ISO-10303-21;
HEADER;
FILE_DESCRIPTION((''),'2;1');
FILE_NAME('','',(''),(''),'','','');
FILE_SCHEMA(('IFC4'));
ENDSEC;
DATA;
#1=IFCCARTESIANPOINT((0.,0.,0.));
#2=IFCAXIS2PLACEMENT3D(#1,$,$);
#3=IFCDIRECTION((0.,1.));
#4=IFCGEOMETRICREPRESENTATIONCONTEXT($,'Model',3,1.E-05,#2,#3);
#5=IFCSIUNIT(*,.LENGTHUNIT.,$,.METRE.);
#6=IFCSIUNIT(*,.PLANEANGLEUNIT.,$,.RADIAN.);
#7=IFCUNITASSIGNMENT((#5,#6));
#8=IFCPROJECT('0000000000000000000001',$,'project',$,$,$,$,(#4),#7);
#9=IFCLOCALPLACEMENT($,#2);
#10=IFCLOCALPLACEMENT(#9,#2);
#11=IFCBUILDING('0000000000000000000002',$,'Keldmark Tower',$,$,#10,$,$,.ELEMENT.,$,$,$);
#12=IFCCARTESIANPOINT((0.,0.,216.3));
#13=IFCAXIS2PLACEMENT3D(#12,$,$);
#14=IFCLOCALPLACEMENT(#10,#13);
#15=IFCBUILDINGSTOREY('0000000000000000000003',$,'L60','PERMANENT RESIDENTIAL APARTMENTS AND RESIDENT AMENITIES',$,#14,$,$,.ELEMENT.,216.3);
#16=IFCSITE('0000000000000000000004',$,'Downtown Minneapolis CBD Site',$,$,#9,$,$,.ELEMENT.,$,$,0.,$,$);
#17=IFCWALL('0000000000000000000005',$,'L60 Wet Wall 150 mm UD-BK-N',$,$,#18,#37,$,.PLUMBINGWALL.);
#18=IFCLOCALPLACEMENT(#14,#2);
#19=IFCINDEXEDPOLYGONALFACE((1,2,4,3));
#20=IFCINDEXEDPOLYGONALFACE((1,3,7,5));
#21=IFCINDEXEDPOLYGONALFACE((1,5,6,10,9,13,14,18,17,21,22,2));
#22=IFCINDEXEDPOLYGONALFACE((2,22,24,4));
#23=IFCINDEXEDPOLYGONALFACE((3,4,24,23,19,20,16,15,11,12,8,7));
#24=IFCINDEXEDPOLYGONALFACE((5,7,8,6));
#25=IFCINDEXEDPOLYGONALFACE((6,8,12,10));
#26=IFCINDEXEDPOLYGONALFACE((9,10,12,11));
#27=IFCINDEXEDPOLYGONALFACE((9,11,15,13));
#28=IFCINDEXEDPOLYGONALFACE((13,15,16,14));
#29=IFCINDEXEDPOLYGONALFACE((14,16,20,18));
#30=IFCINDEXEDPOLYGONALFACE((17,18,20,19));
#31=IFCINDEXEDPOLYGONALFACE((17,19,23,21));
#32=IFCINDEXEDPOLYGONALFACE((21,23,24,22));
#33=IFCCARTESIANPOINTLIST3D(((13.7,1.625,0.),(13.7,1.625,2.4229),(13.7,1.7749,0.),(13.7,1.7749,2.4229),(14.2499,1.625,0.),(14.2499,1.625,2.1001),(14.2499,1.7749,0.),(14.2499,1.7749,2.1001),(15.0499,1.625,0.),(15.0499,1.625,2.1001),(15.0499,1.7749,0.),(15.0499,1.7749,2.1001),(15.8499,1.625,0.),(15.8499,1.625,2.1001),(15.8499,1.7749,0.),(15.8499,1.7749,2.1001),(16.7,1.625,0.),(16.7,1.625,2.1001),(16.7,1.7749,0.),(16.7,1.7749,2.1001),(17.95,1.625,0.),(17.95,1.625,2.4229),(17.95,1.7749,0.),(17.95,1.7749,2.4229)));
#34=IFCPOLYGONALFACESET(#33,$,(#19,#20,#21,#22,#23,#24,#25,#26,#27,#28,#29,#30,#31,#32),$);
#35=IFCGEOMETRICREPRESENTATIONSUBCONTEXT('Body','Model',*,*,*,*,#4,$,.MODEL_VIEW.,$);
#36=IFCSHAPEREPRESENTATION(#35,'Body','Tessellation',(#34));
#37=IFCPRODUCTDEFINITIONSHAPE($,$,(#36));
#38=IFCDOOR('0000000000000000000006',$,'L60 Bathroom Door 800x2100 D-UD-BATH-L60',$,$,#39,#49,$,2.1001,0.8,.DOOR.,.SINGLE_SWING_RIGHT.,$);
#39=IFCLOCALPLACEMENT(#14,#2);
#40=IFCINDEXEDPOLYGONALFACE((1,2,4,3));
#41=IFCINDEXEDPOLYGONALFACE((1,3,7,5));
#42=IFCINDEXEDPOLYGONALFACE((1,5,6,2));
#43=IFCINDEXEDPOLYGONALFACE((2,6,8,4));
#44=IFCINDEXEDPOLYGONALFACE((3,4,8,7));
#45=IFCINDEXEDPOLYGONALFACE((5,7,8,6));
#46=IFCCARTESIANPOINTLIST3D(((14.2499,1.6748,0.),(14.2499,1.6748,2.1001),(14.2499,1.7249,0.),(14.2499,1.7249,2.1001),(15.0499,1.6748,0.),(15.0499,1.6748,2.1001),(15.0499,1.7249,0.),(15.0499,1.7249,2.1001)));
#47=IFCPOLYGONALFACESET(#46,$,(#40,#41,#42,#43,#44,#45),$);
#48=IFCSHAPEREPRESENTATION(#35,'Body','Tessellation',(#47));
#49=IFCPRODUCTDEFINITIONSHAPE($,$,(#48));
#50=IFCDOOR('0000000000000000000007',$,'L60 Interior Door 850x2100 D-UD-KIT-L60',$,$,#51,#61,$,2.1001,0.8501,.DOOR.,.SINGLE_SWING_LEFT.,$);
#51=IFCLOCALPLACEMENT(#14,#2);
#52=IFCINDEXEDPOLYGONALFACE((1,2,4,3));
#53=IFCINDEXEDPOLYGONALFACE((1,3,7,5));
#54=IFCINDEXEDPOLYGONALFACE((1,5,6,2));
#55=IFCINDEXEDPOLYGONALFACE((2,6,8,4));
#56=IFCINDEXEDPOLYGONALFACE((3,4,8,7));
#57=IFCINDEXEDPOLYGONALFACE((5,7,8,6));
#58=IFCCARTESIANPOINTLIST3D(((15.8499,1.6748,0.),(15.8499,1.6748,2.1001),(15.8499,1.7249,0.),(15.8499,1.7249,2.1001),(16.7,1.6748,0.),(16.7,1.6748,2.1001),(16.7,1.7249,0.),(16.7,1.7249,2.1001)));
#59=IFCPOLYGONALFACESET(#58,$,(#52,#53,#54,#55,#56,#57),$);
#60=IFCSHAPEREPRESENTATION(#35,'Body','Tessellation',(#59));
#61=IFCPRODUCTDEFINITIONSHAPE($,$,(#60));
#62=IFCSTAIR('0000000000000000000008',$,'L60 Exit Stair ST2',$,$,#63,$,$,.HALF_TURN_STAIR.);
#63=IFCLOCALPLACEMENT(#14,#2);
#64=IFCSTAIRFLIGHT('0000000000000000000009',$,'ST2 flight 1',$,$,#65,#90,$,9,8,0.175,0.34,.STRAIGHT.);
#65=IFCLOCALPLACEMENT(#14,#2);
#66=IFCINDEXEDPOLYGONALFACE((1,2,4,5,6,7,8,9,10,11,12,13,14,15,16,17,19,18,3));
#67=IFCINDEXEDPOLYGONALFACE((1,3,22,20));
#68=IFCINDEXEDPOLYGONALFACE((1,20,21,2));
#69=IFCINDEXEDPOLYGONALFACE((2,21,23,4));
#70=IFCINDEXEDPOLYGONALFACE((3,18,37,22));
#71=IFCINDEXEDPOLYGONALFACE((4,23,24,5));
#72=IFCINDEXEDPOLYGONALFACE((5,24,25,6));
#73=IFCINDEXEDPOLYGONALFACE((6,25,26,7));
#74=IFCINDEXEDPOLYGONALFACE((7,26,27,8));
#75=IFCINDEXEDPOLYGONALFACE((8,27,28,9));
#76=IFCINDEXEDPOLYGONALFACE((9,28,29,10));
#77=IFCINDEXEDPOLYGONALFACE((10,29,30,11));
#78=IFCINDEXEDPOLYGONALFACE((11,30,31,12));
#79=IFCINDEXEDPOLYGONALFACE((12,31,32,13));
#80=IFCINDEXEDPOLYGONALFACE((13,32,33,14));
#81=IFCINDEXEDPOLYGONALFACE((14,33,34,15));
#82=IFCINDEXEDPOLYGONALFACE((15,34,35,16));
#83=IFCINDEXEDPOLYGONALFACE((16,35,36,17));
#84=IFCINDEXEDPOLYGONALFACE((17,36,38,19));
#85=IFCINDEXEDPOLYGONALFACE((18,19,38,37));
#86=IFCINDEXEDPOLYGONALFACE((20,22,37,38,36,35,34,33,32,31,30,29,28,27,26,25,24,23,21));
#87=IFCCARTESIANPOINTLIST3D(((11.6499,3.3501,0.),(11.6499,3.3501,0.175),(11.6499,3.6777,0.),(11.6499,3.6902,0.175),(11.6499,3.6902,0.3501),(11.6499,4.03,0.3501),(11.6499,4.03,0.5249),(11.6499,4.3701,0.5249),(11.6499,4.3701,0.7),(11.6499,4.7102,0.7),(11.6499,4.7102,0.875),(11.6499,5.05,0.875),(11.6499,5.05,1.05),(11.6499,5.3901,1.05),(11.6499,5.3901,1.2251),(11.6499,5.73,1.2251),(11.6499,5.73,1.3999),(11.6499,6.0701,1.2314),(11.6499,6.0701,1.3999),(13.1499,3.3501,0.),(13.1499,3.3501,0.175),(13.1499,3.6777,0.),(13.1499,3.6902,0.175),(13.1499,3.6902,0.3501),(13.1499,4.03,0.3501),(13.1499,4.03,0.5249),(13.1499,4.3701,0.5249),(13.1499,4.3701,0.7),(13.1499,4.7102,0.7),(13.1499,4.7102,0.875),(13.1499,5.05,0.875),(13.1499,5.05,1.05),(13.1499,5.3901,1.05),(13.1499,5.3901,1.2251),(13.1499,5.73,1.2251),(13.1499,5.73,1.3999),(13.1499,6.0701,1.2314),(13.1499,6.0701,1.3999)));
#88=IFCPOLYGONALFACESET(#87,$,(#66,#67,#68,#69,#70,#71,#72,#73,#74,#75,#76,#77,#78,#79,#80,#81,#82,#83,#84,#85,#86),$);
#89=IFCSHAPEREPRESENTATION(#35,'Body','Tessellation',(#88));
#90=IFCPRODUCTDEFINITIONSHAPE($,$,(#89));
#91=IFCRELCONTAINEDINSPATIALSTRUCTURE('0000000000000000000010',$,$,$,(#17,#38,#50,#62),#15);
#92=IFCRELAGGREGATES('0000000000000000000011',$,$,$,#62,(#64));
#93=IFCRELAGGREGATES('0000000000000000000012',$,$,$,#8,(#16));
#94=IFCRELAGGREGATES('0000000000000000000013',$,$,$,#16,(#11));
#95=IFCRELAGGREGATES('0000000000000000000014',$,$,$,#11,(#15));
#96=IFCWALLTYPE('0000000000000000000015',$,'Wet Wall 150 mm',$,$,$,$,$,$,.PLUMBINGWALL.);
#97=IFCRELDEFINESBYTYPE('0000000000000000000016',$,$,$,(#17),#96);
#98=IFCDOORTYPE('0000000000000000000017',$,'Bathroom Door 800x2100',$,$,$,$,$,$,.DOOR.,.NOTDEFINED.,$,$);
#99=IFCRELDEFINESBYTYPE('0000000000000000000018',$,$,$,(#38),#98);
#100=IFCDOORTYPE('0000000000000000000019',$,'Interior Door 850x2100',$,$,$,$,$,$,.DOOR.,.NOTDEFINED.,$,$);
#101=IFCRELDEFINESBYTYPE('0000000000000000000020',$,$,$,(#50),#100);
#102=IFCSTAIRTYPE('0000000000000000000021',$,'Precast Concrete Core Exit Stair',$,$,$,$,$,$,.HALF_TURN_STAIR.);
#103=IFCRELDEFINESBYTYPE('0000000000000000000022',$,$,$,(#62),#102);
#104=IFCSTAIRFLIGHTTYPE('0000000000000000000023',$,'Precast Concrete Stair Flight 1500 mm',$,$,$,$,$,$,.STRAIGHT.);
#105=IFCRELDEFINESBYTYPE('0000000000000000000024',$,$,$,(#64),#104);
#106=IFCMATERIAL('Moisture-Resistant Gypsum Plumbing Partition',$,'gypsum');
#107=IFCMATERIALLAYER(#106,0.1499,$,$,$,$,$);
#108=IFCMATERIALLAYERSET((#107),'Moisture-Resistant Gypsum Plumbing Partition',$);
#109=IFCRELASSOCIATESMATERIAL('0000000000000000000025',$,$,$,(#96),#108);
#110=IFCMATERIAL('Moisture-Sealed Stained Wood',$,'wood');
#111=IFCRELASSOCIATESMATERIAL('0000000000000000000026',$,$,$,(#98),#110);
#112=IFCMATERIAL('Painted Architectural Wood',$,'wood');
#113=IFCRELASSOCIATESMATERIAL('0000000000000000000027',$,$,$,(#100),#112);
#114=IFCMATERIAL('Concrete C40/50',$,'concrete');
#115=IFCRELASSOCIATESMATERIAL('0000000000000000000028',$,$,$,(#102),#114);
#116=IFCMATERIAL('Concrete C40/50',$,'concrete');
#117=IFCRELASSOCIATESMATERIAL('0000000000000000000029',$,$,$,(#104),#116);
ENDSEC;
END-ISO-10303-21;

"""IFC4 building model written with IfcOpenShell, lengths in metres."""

from ifc_helpers import new_model, si_unit, direction, frame, frame_2d, origin, place, context, subcontext, project, spatial, polyline, rectangle, outline, extrude, material, layer, layer_set, type_object, element, fill, aggregate, save


model = new_model("IFC4")

# Units and contexts
model_context = context("Model", 3, precision=1e-05, world=origin(), true_north=direction((0.0, 1.0)))
body_context = subcontext(model_context, "Body", "Model", "MODEL_VIEW")
ifc_project = project(units=[si_unit("LENGTHUNIT", "METRE"), si_unit("PLANEANGLEUNIT", "RADIAN")], contexts=[model_context])

# Site, building, storey
site_placement = place(None, origin())
site = spatial("IfcSite", under=ifc_project, at=site_placement, Name="Downtown Minneapolis CBD Site", CompositionType="ELEMENT", RefElevation=0.0)
building_placement = place(site_placement, origin())
building = spatial("IfcBuilding", under=site, at=building_placement, Name="Keldmark Tower", CompositionType="ELEMENT")
storey_placement = place(building_placement, frame((0.0, 0.0, 216.3)))
storey = spatial("IfcBuildingStorey", under=building, at=storey_placement, Name="L60", Description="PERMANENT RESIDENTIAL APARTMENTS AND RESIDENT AMENITIES", CompositionType="ELEMENT", Elevation=216.3)

# Wall, openings, doors
ifc_material_1 = material(Name="Moisture-Resistant Gypsum Plumbing Partition", Category="gypsum")
ifc_layer_1 = layer(ifc_material_1, 0.1499)
ifc_layer_set_1 = layer_set([ifc_layer_1], Name="Moisture-Resistant Gypsum Plumbing Partition")
wall_type_1 = type_object("IfcWallType", Name="Wet Wall 150 mm", PredefinedType="PLUMBINGWALL", material=ifc_layer_set_1)
wall_1_placement = place(storey_placement, frame((13.7, 1.7, 0.0), z_axis=(0.0, 0.0, 1.0), x_axis=(1.0, 0.0, 0.0)))
wall_1 = element("IfcWall", 1, at=wall_1_placement, inside=storey, type_object=wall_type_1, Name="L60 Wet Wall 150 mm UD-BK-N", PredefinedType="PLUMBINGWALL", context=body_context, shape_type="SweptSolid", body=[
    extrude(rectangle(XDim=4.25, YDim=0.1499, at=frame_2d((2.125, 0.0))), origin(), (0.0, 0.0, 1.0), 2.4229),
])
opening_1_placement = place(wall_1_placement, frame((0.55, 0.0, 0.0)))
opening_1 = element("IfcOpeningElement", 2, at=opening_1_placement, cuts=wall_1, PredefinedType="OPENING", context=body_context, shape_type="SweptSolid", body=[
    extrude(rectangle(XDim=0.8, YDim=2.1001, at=frame_2d((0.3999, 1.05))), frame((0.0, 0.085, 0.0), z_axis=(0.0, -1.0, 0.0), x_axis=(1.0, 0.0, 0.0)), (0.0, 0.0, 1.0), 0.1699),
])
opening_2_placement = place(wall_1_placement, frame((2.1499, 0.0, 0.0)))
opening_2 = element("IfcOpeningElement", 3, at=opening_2_placement, cuts=wall_1, PredefinedType="OPENING", context=body_context, shape_type="SweptSolid", body=[
    extrude(rectangle(XDim=0.8501, YDim=2.1001, at=frame_2d((0.425, 1.05))), frame((0.0, 0.085, 0.0), z_axis=(0.0, -1.0, 0.0), x_axis=(1.0, 0.0, 0.0)), (0.0, 0.0, 1.0), 0.1699),
])
ifc_material_2 = material(Name="Moisture-Sealed Stained Wood", Category="wood")
door_type_1 = type_object("IfcDoorType", Name="Bathroom Door 800x2100", OperationType="NOTDEFINED", PredefinedType="DOOR", material=ifc_material_2)
door_1_placement = place(opening_1_placement, origin())
door_1 = element("IfcDoor", 4, at=door_1_placement, inside=storey, type_object=door_type_1, Name="L60 Bathroom Door 800x2100 D-UD-BATH-L60", OperationType="SINGLE_SWING_RIGHT", OverallHeight=2.1001, OverallWidth=0.8, PredefinedType="DOOR", context=body_context, shape_type="SweptSolid", body=[
    extrude(rectangle(XDim=0.8, YDim=2.1001, at=frame_2d((0.3999, 1.05))), frame((0.0, 0.0249, 0.0), z_axis=(0.0, -1.0, 0.0), x_axis=(1.0, 0.0, 0.0)), (0.0, 0.0, 1.0), 0.05),
])
fill(opening_1, door_1)
ifc_material_3 = material(Name="Painted Architectural Wood", Category="wood")
door_type_2 = type_object("IfcDoorType", Name="Interior Door 850x2100", OperationType="NOTDEFINED", PredefinedType="DOOR", material=ifc_material_3)
door_2_placement = place(opening_2_placement, origin())
door_2 = element("IfcDoor", 5, at=door_2_placement, inside=storey, type_object=door_type_2, Name="L60 Interior Door 850x2100 D-UD-KIT-L60", OperationType="SINGLE_SWING_LEFT", OverallHeight=2.1001, OverallWidth=0.8501, PredefinedType="DOOR", context=body_context, shape_type="SweptSolid", body=[
    extrude(rectangle(XDim=0.8501, YDim=2.1001, at=frame_2d((0.425, 1.05))), frame((0.0, 0.0249, 0.0), z_axis=(0.0, -1.0, 0.0), x_axis=(1.0, 0.0, 0.0)), (0.0, 0.0, 1.0), 0.05),
])
fill(opening_2, door_2)

# Stair, stair flight
ifc_material_4 = material(Name="Concrete C40/50", Category="concrete")
stair_type = type_object("IfcStairType", Name="Precast Concrete Core Exit Stair", PredefinedType="HALF_TURN_STAIR", material=ifc_material_4)
stair_placement = place(storey_placement, origin())
stair = element("IfcStair", 6, at=stair_placement, inside=storey, type_object=stair_type, Name="L60 Exit Stair ST2", PredefinedType="HALF_TURN_STAIR")
ifc_material_5 = material(Name="Concrete C40/50", Category="concrete")
stair_flight_type = type_object("IfcStairFlightType", Name="Precast Concrete Stair Flight 1500 mm", PredefinedType="STRAIGHT", material=ifc_material_5)
stair_flight_placement = place(storey_placement, frame((12.3999, 3.3501, 0.0), z_axis=(0.0, 0.0, 1.0), x_axis=(0.0, 1.0, 0.0)))
stair_flight = element("IfcStairFlight", 7, at=stair_flight_placement, type_object=stair_flight_type, Name="ST2 flight 1", NumberOfRisers=9, NumberOfTreads=8, PredefinedType="STRAIGHT", RiserHeight=0.175, TreadLength=0.34, context=body_context, shape_type="SweptSolid", body=[
    extrude(outline(polyline([(0.0, 0.0), (0.0, 0.175), (0.3401, 0.175), (0.3401, 0.3501), (0.6799, 0.3501), (0.6799, 0.5249), (1.02, 0.5249), (1.02, 0.7), (1.3601, 0.7), (1.3601, 0.875), (1.7, 0.875), (1.7, 1.05), (2.04, 1.05), (2.04, 1.2251), (2.3799, 1.2251), (2.3799, 1.3999), (2.72, 1.3999), (2.72, 1.575), (2.72, 1.2314), (0.3276, 0.0), (0.0, 0.0)])), frame((0.0, 0.75, 0.0), z_axis=(0.0, -1.0, 0.0), x_axis=(1.0, 0.0, 0.0)), (0.0, 0.0, 1.0), 1.5),
])
aggregate(stair, [stair_flight])

save(model, "model.ifc")
